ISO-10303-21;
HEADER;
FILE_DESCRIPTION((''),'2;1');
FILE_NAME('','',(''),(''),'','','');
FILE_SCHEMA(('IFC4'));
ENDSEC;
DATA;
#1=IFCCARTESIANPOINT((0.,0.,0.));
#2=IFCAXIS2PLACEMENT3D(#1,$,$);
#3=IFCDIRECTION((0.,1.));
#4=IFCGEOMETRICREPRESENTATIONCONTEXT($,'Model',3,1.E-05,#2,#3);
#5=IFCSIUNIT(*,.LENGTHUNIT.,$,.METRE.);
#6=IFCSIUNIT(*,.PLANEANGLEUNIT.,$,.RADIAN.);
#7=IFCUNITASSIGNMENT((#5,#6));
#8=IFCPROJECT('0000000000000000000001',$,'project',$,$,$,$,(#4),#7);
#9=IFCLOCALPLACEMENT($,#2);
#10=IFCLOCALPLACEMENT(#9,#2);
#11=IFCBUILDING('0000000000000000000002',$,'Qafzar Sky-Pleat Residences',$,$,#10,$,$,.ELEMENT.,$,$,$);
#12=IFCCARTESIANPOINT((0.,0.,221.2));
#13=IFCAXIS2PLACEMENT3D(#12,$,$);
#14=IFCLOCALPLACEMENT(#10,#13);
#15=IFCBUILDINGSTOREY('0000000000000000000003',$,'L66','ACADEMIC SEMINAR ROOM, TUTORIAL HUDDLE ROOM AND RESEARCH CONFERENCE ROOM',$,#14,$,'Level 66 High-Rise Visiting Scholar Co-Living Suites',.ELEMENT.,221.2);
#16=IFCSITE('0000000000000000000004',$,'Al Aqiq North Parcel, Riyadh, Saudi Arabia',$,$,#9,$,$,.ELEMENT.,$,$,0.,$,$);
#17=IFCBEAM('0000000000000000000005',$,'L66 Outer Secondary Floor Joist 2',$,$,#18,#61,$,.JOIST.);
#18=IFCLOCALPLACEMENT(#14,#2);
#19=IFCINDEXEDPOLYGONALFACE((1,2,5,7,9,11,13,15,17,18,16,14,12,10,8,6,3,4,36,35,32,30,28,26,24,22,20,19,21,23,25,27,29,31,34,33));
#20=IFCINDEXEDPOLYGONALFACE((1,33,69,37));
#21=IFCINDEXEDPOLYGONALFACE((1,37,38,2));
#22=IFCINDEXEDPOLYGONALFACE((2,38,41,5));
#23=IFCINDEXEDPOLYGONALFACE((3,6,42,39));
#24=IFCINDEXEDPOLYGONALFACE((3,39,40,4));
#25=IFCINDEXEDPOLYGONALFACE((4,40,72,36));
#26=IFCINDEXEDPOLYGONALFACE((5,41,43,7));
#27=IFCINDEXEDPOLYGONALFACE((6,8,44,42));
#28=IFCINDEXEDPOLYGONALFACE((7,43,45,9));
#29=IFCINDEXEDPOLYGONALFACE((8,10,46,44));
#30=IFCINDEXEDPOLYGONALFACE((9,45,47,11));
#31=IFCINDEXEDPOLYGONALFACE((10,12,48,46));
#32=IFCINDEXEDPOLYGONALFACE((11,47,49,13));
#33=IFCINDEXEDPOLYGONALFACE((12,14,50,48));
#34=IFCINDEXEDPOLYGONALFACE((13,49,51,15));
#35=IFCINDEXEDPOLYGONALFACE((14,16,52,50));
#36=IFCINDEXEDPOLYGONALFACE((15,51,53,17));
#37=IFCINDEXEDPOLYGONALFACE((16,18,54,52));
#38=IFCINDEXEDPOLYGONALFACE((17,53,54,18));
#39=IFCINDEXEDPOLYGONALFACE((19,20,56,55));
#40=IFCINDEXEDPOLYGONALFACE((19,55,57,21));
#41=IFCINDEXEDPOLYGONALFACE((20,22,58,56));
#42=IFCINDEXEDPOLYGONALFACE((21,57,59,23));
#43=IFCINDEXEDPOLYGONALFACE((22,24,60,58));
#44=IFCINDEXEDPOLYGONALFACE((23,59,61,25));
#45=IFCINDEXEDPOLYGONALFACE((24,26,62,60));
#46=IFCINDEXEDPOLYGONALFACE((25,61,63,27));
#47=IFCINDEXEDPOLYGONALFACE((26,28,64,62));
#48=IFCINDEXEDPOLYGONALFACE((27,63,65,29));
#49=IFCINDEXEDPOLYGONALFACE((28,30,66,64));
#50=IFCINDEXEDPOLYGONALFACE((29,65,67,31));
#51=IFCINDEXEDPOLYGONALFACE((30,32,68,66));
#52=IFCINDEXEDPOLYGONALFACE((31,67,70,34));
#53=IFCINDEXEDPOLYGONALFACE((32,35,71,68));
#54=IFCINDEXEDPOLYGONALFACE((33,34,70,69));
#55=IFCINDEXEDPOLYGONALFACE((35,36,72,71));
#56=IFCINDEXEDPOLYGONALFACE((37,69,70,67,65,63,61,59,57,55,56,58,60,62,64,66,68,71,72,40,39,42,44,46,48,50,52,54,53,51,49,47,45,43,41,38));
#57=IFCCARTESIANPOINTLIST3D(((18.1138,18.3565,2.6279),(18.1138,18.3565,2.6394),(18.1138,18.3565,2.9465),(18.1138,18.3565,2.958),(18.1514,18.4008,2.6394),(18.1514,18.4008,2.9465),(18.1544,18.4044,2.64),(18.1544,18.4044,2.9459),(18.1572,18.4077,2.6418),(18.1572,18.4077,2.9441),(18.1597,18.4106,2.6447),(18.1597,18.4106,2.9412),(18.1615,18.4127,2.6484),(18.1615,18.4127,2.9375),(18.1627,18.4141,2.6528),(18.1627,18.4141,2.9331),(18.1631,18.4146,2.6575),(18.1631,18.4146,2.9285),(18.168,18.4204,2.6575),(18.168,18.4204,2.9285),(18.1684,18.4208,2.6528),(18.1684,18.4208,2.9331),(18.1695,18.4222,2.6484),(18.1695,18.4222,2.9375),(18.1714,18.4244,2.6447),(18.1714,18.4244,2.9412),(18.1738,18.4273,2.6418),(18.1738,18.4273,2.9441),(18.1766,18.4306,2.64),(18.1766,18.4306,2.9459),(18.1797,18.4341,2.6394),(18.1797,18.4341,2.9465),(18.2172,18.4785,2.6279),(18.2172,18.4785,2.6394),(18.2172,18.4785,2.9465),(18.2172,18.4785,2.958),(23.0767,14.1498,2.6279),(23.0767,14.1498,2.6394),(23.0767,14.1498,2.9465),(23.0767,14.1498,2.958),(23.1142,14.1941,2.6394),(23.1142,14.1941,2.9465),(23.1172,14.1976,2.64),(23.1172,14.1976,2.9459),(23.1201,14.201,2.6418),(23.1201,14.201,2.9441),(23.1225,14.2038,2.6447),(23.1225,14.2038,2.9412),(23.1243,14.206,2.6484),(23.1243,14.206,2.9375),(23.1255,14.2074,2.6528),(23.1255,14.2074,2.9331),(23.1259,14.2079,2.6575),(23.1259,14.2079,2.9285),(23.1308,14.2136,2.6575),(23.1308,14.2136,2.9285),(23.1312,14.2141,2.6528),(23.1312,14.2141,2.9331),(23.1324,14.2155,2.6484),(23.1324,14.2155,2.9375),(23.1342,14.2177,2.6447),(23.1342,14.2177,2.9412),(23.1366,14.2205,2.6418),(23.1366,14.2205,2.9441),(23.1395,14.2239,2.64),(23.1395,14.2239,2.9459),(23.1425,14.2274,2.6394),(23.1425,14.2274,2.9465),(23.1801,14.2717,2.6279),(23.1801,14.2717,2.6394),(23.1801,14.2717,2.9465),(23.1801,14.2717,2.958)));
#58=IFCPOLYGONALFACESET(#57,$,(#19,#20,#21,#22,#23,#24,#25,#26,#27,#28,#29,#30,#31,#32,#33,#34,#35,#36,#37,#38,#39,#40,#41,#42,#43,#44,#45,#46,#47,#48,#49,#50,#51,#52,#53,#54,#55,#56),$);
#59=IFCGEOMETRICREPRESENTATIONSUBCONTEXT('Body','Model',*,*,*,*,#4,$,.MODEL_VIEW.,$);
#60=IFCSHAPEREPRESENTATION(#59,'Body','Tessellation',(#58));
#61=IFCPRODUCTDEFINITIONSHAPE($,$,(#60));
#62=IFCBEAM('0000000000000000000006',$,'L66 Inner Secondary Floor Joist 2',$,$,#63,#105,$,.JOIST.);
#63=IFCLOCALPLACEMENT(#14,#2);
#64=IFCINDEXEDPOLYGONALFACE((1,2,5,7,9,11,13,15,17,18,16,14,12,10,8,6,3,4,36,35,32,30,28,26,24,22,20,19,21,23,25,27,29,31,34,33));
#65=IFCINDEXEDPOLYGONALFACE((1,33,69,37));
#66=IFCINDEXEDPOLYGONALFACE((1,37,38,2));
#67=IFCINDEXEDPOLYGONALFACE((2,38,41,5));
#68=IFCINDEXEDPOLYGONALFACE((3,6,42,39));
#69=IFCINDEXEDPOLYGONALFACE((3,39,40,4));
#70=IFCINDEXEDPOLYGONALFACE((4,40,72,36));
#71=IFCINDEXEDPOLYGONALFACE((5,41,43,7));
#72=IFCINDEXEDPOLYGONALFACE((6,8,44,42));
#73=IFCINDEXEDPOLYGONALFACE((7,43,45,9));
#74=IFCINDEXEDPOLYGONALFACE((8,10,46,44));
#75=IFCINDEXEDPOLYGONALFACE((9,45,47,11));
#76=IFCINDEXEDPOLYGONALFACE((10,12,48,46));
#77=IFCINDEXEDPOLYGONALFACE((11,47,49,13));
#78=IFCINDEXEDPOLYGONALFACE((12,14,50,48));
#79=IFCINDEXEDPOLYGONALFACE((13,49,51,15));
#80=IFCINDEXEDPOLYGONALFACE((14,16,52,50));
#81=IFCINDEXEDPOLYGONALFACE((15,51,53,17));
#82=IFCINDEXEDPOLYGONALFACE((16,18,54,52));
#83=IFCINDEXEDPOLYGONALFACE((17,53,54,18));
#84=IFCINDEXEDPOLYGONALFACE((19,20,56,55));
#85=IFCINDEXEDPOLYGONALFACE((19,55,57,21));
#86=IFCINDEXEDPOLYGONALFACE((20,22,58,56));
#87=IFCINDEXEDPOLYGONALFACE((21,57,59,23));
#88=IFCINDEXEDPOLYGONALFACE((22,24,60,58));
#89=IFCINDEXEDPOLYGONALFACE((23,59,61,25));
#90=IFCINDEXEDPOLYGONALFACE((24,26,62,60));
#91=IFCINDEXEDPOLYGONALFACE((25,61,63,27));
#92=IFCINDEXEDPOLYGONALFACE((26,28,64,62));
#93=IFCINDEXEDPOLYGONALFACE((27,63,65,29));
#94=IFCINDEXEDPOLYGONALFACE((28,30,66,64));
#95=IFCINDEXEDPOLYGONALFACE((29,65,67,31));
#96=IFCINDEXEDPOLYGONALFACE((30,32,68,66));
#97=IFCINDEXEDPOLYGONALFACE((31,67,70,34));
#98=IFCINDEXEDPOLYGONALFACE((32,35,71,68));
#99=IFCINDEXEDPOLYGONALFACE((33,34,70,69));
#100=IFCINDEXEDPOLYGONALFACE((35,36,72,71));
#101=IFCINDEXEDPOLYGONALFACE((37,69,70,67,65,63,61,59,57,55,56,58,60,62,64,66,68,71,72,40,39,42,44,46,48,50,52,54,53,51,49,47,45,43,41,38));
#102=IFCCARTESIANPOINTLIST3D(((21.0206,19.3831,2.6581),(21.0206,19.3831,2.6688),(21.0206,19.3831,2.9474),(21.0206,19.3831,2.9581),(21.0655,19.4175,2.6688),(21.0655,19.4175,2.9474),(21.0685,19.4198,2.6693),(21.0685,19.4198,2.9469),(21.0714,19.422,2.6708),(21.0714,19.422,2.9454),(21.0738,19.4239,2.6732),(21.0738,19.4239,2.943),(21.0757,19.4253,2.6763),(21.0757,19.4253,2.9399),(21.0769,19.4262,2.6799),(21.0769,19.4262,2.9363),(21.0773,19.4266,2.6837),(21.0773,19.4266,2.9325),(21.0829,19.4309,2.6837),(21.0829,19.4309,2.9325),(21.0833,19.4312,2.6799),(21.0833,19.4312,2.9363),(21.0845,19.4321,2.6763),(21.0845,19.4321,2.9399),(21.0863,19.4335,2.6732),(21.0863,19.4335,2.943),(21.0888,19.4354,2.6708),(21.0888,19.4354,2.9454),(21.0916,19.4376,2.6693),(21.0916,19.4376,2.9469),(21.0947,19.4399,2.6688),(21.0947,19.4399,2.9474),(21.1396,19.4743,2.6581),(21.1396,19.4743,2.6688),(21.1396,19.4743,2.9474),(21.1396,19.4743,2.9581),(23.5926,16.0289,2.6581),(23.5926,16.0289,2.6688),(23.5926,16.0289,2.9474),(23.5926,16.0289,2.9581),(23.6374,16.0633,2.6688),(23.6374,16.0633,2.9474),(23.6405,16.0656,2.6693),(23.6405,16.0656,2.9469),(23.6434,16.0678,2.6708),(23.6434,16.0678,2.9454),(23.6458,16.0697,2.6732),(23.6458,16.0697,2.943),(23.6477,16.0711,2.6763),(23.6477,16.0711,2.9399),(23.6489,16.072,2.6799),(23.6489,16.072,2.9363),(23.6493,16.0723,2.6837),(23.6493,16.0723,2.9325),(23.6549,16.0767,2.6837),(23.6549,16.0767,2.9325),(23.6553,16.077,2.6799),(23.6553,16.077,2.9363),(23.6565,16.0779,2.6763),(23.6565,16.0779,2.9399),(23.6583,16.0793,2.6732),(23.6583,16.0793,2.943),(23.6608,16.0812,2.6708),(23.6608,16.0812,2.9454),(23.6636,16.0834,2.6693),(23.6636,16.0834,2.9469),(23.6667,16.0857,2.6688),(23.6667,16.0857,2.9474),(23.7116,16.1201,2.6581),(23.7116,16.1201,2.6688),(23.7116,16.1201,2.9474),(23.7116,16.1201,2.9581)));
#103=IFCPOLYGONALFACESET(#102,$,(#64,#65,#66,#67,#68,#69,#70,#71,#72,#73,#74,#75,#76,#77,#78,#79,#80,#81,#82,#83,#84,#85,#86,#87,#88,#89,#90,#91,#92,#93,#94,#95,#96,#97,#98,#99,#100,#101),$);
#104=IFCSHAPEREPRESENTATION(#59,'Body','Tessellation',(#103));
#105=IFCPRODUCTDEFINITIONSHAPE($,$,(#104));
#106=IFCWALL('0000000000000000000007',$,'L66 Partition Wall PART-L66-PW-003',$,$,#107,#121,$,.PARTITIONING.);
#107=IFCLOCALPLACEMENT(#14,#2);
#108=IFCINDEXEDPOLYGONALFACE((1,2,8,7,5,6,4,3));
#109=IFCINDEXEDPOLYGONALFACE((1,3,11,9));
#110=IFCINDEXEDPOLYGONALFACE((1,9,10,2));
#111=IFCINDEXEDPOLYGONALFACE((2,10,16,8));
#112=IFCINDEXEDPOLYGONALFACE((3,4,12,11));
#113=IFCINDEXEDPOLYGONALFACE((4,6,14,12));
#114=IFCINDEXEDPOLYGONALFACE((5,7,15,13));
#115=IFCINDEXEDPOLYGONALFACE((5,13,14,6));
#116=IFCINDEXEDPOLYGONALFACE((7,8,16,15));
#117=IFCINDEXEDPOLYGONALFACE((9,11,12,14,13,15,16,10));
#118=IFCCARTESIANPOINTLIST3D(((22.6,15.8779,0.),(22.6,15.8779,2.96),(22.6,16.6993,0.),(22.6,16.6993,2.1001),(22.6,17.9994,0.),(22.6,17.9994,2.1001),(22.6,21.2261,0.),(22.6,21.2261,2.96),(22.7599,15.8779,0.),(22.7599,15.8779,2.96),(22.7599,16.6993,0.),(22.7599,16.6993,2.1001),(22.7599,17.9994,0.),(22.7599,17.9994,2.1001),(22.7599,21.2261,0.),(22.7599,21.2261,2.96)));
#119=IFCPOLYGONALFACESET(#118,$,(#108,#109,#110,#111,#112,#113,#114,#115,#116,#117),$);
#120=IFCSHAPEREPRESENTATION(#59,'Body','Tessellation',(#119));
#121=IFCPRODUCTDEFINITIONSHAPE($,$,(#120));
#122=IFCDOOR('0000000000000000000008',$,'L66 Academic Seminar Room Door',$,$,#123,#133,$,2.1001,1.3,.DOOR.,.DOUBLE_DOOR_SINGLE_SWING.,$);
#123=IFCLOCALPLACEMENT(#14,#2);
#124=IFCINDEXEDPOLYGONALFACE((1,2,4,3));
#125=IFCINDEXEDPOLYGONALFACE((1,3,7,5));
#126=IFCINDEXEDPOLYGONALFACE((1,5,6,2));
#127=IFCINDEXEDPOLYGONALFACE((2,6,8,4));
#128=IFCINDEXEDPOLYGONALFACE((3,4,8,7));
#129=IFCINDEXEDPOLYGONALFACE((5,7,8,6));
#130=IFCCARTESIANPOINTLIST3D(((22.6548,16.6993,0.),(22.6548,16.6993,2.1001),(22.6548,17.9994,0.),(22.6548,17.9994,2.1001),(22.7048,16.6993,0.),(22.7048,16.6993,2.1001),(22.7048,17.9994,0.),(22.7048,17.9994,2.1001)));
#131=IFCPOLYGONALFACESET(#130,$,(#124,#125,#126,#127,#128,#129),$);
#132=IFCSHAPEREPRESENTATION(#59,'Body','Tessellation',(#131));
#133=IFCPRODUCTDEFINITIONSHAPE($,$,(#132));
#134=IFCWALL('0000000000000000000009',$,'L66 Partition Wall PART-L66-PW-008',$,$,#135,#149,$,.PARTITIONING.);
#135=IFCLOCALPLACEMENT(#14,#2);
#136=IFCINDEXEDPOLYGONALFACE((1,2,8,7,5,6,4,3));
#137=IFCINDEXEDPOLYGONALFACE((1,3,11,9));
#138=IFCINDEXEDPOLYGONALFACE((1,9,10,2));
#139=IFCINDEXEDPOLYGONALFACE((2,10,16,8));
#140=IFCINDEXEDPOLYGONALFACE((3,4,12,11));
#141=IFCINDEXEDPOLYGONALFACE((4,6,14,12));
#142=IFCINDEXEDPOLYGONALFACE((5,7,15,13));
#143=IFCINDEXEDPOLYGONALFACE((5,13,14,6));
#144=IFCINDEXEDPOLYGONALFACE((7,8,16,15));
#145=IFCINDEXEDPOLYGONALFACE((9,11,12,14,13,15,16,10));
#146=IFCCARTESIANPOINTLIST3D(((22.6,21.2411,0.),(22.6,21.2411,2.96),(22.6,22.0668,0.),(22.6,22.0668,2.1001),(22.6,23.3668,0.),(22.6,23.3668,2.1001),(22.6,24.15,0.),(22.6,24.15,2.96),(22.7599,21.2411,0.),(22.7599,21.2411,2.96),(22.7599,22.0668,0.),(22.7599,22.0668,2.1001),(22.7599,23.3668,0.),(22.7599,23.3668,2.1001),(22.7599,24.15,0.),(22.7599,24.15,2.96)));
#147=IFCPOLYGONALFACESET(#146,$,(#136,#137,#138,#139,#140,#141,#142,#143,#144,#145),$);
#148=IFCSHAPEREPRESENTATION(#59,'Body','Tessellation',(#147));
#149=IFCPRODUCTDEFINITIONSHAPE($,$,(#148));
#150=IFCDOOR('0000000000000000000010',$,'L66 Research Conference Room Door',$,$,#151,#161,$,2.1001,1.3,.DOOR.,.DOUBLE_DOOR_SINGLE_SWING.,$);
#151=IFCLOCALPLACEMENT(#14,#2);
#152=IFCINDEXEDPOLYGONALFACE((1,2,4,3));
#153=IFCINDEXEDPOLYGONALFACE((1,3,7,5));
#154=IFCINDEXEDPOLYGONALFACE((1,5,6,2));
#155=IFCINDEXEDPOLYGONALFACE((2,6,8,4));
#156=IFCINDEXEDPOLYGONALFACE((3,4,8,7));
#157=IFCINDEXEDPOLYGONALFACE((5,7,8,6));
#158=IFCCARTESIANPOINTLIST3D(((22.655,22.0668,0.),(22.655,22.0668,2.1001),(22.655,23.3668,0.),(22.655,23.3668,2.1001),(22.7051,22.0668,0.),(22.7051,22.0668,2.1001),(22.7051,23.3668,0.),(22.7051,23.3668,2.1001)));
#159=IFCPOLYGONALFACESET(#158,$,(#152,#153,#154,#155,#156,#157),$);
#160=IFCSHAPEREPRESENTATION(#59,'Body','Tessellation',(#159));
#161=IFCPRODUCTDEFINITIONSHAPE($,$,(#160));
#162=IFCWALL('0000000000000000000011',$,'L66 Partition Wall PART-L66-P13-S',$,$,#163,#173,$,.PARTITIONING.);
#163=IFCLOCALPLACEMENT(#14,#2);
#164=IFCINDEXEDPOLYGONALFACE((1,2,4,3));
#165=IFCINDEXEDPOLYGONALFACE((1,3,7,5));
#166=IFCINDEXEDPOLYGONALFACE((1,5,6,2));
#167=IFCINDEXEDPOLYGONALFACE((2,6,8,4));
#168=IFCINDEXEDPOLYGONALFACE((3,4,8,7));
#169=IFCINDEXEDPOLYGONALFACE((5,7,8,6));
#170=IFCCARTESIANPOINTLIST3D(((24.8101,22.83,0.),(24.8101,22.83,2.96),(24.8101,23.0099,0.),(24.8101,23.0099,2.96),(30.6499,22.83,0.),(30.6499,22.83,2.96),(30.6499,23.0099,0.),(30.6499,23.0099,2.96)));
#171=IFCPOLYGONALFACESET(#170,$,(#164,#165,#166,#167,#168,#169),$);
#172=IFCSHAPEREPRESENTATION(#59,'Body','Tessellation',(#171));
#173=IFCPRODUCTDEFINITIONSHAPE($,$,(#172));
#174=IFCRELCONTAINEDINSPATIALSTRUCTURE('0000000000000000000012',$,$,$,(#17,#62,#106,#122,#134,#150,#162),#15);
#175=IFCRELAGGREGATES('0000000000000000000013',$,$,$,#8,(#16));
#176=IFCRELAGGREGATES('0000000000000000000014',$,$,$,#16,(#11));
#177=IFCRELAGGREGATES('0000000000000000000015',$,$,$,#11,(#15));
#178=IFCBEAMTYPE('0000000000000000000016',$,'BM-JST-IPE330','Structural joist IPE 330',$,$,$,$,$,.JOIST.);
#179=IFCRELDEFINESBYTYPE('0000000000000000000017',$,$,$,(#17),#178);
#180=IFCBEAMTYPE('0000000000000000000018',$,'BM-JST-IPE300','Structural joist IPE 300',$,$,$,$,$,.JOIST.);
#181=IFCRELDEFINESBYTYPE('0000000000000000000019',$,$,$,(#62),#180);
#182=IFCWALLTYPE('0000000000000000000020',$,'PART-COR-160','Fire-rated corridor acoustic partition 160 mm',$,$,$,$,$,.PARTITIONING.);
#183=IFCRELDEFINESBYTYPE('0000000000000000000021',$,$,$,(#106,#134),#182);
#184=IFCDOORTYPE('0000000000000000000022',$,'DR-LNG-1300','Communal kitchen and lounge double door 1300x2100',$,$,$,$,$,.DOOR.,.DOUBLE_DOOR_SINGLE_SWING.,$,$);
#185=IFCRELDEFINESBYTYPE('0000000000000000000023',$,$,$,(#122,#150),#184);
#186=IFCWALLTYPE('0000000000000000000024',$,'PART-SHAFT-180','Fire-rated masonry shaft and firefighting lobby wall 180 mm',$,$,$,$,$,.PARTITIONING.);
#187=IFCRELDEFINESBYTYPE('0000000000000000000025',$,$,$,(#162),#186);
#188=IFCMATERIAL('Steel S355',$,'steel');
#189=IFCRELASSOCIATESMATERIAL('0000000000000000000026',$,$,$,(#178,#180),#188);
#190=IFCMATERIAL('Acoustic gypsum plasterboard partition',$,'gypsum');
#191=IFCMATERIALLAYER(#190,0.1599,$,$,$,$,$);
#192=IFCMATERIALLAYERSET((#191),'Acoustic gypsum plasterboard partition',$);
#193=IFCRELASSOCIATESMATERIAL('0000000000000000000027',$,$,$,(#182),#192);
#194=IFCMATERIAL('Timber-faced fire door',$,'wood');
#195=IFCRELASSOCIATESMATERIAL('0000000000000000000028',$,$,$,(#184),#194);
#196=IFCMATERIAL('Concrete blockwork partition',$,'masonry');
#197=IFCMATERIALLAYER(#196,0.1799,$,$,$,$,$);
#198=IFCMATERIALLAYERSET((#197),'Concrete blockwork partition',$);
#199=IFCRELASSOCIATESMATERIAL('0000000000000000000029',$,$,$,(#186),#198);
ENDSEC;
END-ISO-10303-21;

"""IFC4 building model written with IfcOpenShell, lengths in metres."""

from ifc_helpers import new_model, si_unit, direction, frame, frame_2d, origin, origin_2d, place, context, subcontext, project, spatial, rectangle, i_section, extrude, source, transform, mapped, material, layer, layer_set, material_profile, profile_set, type_object, element, fill, save


model = new_model("IFC4")

# Units and contexts
model_context = context("Model", 3, precision=1e-05, world=origin(), true_north=direction((0.0, 1.0)))
body_context = subcontext(model_context, "Body", "Model", "MODEL_VIEW")
ifc_project = project(units=[si_unit("LENGTHUNIT", "METRE"), si_unit("PLANEANGLEUNIT", "RADIAN")], contexts=[model_context])

# Site, building, storey
site_placement = place(None, origin())
site = spatial("IfcSite", under=ifc_project, at=site_placement, Name="Al Aqiq North Parcel, Riyadh, Saudi Arabia", CompositionType="ELEMENT", RefElevation=0.0)
building_placement = place(site_placement, origin())
building = spatial("IfcBuilding", under=site, at=building_placement, Name="Qafzar Sky-Pleat Residences", CompositionType="ELEMENT")
storey_placement = place(building_placement, frame((0.0, 0.0, 221.2)))
storey = spatial("IfcBuildingStorey", under=building, at=storey_placement, Name="L66", Description="ACADEMIC SEMINAR ROOM, TUTORIAL HUDDLE ROOM AND RESEARCH CONFERENCE ROOM", LongName="Level 66 High-Rise Visiting Scholar Co-Living Suites", CompositionType="ELEMENT", Elevation=221.2)

# Beams
ifc_material_1 = material(Name="Steel S355", Category="steel")
ifc_material_profile_1 = material_profile(ifc_material_1, i_section(OverallWidth=0.1599, OverallDepth=0.3301, WebThickness=0.0076, FlangeThickness=0.0115, FilletRadius=0.0181, at=origin_2d()), Name="IPE 330")
ifc_profile_set_1 = profile_set([ifc_material_profile_1], Name="Steel S355")
beam_type_1 = type_object("IfcBeamType", Name="BM-JST-IPE330", Description="Structural joist IPE 330", PredefinedType="JOIST", material=ifc_profile_set_1)
shared_shape_1 = source(origin(), body_context, "Body", "SweptSolid", [
    extrude(i_section(OverallWidth=0.1599, OverallDepth=0.3301, WebThickness=0.0076, FlangeThickness=0.0115, FilletRadius=0.0181, at=origin_2d()), origin(), (0.0, 0.0, 1.0), 6.5059),
])
beam_1_placement = place(storey_placement, frame((18.1655, 18.4175, 2.793), z_axis=(0.762824, -0.646606, 0.0), x_axis=(0.646606, 0.762824, 0.0)))
element("IfcBeam", 1, at=beam_1_placement, inside=storey, type_object=beam_type_1, Name="L66 Outer Secondary Floor Joist 2", PredefinedType="JOIST", context=body_context, shape_type="MappedRepresentation", body=[
    mapped(shared_shape_1, transform((0.0, 0.0, 0.0), x_axis=(1.0, 0.0, 0.0), y_axis=(0.0, 1.0, 0.0), z_axis=(0.0, 0.0, 1.0), scale=1.0)),
])
ifc_material_profile_2 = material_profile(ifc_material_1, i_section(OverallWidth=0.1499, OverallDepth=0.3, WebThickness=0.0071, FlangeThickness=0.0107, FilletRadius=0.0149, at=origin_2d()), Name="IPE 300")
ifc_profile_set_2 = profile_set([ifc_material_profile_2], Name="Steel S355")
beam_type_2 = type_object("IfcBeamType", Name="BM-JST-IPE300", Description="Structural joist IPE 300", PredefinedType="JOIST", material=ifc_profile_set_2)
shared_shape_2 = source(origin(), body_context, "Body", "SweptSolid", [
    extrude(i_section(OverallWidth=0.1499, OverallDepth=0.3, WebThickness=0.0071, FlangeThickness=0.0107, FilletRadius=0.0149, at=origin_2d()), origin(), (0.0, 0.0, 1.0), 4.2268),
])
beam_2_placement = place(storey_placement, frame((21.0801, 19.4287, 2.8081), z_axis=(0.608496, -0.793557, 0.0), x_axis=(0.793557, 0.608496, 0.0)))
element("IfcBeam", 2, at=beam_2_placement, inside=storey, type_object=beam_type_2, Name="L66 Inner Secondary Floor Joist 2", PredefinedType="JOIST", context=body_context, shape_type="MappedRepresentation", body=[
    mapped(shared_shape_2, transform((0.0, 0.0, 0.0), x_axis=(1.0, 0.0, 0.0), y_axis=(0.0, 1.0, 0.0), z_axis=(0.0, 0.0, 1.0), scale=1.0)),
])

# Walls, openings, doors
ifc_material_2 = material(Name="Acoustic gypsum plasterboard partition", Category="gypsum")
ifc_layer_1 = layer(ifc_material_2, 0.1599)
ifc_layer_set_1 = layer_set([ifc_layer_1], Name="Acoustic gypsum plasterboard partition")
wall_type_1 = type_object("IfcWallType", Name="PART-COR-160", Description="Fire-rated corridor acoustic partition 160 mm", PredefinedType="PARTITIONING", material=ifc_layer_set_1)
wall_1_placement = place(storey_placement, frame((22.6799, 21.2261, 0.0), z_axis=(0.0, 0.0, 1.0), x_axis=(0.0, -1.0, 0.0)))
wall_1 = element("IfcWall", 3, at=wall_1_placement, inside=storey, type_object=wall_type_1, Name="L66 Partition Wall PART-L66-PW-003", PredefinedType="PARTITIONING", context=body_context, shape_type="SweptSolid", body=[
    extrude(rectangle(XDim=5.3481, YDim=0.1599, at=frame_2d((2.6741, 0.0))), origin(), (0.0, 0.0, 1.0), 2.96),
])
opening_1_placement = place(wall_1_placement, frame((3.2268, 0.0, 0.0)))
opening_1 = element("IfcOpeningElement", 4, at=opening_1_placement, cuts=wall_1, PredefinedType="OPENING", context=body_context, shape_type="SweptSolid", body=[
    extrude(rectangle(XDim=1.3, YDim=2.1001, at=frame_2d((0.6499, 1.05))), frame((0.0, 0.0898, 0.0), z_axis=(0.0, -1.0, 0.0), x_axis=(1.0, 0.0, 0.0)), (0.0, 0.0, 1.0), 0.1799),
])
ifc_material_3 = material(Name="Timber-faced fire door", Category="wood")
door_type_1 = type_object("IfcDoorType", Name="DR-LNG-1300", Description="Communal kitchen and lounge double door 1300x2100", OperationType="DOUBLE_DOOR_SINGLE_SWING", PredefinedType="DOOR", material=ifc_material_3)
shared_shape_3 = source(origin(), body_context, "Body", "SweptSolid", [
    extrude(rectangle(XDim=1.3, YDim=2.1001, at=frame_2d((0.6499, 1.05))), frame((0.0, 0.0249, 0.0), z_axis=(0.0, -1.0, 0.0), x_axis=(1.0, 0.0, 0.0)), (0.0, 0.0, 1.0), 0.05),
])
door_1_placement = place(opening_1_placement, origin())
door_1 = element("IfcDoor", 5, at=door_1_placement, inside=storey, type_object=door_type_1, Name="L66 Academic Seminar Room Door", OperationType="DOUBLE_DOOR_SINGLE_SWING", OverallHeight=2.1001, OverallWidth=1.3, PredefinedType="DOOR", context=body_context, shape_type="MappedRepresentation", body=[
    mapped(shared_shape_3, transform((0.0, 0.0, 0.0), x_axis=(1.0, 0.0, 0.0), y_axis=(0.0, 1.0, 0.0), z_axis=(0.0, 0.0, 1.0), scale=1.0)),
])
fill(opening_1, door_1)
wall_2_placement = place(storey_placement, frame((22.6799, 21.241, 0.0), z_axis=(0.0, 0.0, 1.0), x_axis=(0.0, 1.0, 0.0)))
wall_2 = element("IfcWall", 6, at=wall_2_placement, inside=storey, type_object=wall_type_1, Name="L66 Partition Wall PART-L66-PW-008", PredefinedType="PARTITIONING", context=body_context, shape_type="SweptSolid", body=[
    extrude(rectangle(XDim=2.9089, YDim=0.1599, at=frame_2d((1.4546, 0.0))), origin(), (0.0, 0.0, 1.0), 2.96),
])
opening_2_placement = place(wall_2_placement, frame((0.8259, 0.0, 0.0)))
opening_2 = element("IfcOpeningElement", 7, at=opening_2_placement, cuts=wall_2, PredefinedType="OPENING", context=body_context, shape_type="SweptSolid", body=[
    extrude(rectangle(XDim=1.3, YDim=2.1001, at=frame_2d((0.6499, 1.05))), frame((0.0, 0.0898, 0.0), z_axis=(0.0, -1.0, 0.0), x_axis=(1.0, 0.0, 0.0)), (0.0, 0.0, 1.0), 0.1799),
])
door_2_placement = place(opening_2_placement, origin())
door_2 = element("IfcDoor", 8, at=door_2_placement, inside=storey, type_object=door_type_1, Name="L66 Research Conference Room Door", OperationType="DOUBLE_DOOR_SINGLE_SWING", OverallHeight=2.1001, OverallWidth=1.3, PredefinedType="DOOR", context=body_context, shape_type="MappedRepresentation", body=[
    mapped(shared_shape_3, transform((0.0, 0.0, 0.0), x_axis=(1.0, 0.0, 0.0), y_axis=(0.0, 1.0, 0.0), z_axis=(0.0, 0.0, 1.0), scale=1.0)),
])
fill(opening_2, door_2)

# Wall
ifc_material_4 = material(Name="Concrete blockwork partition", Category="masonry")
ifc_layer_2 = layer(ifc_material_4, 0.1799)
ifc_layer_set_2 = layer_set([ifc_layer_2], Name="Concrete blockwork partition")
wall_type_2 = type_object("IfcWallType", Name="PART-SHAFT-180", Description="Fire-rated masonry shaft and firefighting lobby wall 180 mm", PredefinedType="PARTITIONING", material=ifc_layer_set_2)
wall_3_placement = place(storey_placement, frame((24.8101, 22.9199, 0.0), z_axis=(0.0, 0.0, 1.0), x_axis=(1.0, 0.0, 0.0)))
element("IfcWall", 9, at=wall_3_placement, inside=storey, type_object=wall_type_2, Name="L66 Partition Wall PART-L66-P13-S", PredefinedType="PARTITIONING", context=body_context, shape_type="SweptSolid", body=[
    extrude(rectangle(XDim=5.8398, YDim=0.1799, at=frame_2d((2.9199, 0.0))), origin(), (0.0, 0.0, 1.0), 2.96),
])

save(model, "model.ifc")
